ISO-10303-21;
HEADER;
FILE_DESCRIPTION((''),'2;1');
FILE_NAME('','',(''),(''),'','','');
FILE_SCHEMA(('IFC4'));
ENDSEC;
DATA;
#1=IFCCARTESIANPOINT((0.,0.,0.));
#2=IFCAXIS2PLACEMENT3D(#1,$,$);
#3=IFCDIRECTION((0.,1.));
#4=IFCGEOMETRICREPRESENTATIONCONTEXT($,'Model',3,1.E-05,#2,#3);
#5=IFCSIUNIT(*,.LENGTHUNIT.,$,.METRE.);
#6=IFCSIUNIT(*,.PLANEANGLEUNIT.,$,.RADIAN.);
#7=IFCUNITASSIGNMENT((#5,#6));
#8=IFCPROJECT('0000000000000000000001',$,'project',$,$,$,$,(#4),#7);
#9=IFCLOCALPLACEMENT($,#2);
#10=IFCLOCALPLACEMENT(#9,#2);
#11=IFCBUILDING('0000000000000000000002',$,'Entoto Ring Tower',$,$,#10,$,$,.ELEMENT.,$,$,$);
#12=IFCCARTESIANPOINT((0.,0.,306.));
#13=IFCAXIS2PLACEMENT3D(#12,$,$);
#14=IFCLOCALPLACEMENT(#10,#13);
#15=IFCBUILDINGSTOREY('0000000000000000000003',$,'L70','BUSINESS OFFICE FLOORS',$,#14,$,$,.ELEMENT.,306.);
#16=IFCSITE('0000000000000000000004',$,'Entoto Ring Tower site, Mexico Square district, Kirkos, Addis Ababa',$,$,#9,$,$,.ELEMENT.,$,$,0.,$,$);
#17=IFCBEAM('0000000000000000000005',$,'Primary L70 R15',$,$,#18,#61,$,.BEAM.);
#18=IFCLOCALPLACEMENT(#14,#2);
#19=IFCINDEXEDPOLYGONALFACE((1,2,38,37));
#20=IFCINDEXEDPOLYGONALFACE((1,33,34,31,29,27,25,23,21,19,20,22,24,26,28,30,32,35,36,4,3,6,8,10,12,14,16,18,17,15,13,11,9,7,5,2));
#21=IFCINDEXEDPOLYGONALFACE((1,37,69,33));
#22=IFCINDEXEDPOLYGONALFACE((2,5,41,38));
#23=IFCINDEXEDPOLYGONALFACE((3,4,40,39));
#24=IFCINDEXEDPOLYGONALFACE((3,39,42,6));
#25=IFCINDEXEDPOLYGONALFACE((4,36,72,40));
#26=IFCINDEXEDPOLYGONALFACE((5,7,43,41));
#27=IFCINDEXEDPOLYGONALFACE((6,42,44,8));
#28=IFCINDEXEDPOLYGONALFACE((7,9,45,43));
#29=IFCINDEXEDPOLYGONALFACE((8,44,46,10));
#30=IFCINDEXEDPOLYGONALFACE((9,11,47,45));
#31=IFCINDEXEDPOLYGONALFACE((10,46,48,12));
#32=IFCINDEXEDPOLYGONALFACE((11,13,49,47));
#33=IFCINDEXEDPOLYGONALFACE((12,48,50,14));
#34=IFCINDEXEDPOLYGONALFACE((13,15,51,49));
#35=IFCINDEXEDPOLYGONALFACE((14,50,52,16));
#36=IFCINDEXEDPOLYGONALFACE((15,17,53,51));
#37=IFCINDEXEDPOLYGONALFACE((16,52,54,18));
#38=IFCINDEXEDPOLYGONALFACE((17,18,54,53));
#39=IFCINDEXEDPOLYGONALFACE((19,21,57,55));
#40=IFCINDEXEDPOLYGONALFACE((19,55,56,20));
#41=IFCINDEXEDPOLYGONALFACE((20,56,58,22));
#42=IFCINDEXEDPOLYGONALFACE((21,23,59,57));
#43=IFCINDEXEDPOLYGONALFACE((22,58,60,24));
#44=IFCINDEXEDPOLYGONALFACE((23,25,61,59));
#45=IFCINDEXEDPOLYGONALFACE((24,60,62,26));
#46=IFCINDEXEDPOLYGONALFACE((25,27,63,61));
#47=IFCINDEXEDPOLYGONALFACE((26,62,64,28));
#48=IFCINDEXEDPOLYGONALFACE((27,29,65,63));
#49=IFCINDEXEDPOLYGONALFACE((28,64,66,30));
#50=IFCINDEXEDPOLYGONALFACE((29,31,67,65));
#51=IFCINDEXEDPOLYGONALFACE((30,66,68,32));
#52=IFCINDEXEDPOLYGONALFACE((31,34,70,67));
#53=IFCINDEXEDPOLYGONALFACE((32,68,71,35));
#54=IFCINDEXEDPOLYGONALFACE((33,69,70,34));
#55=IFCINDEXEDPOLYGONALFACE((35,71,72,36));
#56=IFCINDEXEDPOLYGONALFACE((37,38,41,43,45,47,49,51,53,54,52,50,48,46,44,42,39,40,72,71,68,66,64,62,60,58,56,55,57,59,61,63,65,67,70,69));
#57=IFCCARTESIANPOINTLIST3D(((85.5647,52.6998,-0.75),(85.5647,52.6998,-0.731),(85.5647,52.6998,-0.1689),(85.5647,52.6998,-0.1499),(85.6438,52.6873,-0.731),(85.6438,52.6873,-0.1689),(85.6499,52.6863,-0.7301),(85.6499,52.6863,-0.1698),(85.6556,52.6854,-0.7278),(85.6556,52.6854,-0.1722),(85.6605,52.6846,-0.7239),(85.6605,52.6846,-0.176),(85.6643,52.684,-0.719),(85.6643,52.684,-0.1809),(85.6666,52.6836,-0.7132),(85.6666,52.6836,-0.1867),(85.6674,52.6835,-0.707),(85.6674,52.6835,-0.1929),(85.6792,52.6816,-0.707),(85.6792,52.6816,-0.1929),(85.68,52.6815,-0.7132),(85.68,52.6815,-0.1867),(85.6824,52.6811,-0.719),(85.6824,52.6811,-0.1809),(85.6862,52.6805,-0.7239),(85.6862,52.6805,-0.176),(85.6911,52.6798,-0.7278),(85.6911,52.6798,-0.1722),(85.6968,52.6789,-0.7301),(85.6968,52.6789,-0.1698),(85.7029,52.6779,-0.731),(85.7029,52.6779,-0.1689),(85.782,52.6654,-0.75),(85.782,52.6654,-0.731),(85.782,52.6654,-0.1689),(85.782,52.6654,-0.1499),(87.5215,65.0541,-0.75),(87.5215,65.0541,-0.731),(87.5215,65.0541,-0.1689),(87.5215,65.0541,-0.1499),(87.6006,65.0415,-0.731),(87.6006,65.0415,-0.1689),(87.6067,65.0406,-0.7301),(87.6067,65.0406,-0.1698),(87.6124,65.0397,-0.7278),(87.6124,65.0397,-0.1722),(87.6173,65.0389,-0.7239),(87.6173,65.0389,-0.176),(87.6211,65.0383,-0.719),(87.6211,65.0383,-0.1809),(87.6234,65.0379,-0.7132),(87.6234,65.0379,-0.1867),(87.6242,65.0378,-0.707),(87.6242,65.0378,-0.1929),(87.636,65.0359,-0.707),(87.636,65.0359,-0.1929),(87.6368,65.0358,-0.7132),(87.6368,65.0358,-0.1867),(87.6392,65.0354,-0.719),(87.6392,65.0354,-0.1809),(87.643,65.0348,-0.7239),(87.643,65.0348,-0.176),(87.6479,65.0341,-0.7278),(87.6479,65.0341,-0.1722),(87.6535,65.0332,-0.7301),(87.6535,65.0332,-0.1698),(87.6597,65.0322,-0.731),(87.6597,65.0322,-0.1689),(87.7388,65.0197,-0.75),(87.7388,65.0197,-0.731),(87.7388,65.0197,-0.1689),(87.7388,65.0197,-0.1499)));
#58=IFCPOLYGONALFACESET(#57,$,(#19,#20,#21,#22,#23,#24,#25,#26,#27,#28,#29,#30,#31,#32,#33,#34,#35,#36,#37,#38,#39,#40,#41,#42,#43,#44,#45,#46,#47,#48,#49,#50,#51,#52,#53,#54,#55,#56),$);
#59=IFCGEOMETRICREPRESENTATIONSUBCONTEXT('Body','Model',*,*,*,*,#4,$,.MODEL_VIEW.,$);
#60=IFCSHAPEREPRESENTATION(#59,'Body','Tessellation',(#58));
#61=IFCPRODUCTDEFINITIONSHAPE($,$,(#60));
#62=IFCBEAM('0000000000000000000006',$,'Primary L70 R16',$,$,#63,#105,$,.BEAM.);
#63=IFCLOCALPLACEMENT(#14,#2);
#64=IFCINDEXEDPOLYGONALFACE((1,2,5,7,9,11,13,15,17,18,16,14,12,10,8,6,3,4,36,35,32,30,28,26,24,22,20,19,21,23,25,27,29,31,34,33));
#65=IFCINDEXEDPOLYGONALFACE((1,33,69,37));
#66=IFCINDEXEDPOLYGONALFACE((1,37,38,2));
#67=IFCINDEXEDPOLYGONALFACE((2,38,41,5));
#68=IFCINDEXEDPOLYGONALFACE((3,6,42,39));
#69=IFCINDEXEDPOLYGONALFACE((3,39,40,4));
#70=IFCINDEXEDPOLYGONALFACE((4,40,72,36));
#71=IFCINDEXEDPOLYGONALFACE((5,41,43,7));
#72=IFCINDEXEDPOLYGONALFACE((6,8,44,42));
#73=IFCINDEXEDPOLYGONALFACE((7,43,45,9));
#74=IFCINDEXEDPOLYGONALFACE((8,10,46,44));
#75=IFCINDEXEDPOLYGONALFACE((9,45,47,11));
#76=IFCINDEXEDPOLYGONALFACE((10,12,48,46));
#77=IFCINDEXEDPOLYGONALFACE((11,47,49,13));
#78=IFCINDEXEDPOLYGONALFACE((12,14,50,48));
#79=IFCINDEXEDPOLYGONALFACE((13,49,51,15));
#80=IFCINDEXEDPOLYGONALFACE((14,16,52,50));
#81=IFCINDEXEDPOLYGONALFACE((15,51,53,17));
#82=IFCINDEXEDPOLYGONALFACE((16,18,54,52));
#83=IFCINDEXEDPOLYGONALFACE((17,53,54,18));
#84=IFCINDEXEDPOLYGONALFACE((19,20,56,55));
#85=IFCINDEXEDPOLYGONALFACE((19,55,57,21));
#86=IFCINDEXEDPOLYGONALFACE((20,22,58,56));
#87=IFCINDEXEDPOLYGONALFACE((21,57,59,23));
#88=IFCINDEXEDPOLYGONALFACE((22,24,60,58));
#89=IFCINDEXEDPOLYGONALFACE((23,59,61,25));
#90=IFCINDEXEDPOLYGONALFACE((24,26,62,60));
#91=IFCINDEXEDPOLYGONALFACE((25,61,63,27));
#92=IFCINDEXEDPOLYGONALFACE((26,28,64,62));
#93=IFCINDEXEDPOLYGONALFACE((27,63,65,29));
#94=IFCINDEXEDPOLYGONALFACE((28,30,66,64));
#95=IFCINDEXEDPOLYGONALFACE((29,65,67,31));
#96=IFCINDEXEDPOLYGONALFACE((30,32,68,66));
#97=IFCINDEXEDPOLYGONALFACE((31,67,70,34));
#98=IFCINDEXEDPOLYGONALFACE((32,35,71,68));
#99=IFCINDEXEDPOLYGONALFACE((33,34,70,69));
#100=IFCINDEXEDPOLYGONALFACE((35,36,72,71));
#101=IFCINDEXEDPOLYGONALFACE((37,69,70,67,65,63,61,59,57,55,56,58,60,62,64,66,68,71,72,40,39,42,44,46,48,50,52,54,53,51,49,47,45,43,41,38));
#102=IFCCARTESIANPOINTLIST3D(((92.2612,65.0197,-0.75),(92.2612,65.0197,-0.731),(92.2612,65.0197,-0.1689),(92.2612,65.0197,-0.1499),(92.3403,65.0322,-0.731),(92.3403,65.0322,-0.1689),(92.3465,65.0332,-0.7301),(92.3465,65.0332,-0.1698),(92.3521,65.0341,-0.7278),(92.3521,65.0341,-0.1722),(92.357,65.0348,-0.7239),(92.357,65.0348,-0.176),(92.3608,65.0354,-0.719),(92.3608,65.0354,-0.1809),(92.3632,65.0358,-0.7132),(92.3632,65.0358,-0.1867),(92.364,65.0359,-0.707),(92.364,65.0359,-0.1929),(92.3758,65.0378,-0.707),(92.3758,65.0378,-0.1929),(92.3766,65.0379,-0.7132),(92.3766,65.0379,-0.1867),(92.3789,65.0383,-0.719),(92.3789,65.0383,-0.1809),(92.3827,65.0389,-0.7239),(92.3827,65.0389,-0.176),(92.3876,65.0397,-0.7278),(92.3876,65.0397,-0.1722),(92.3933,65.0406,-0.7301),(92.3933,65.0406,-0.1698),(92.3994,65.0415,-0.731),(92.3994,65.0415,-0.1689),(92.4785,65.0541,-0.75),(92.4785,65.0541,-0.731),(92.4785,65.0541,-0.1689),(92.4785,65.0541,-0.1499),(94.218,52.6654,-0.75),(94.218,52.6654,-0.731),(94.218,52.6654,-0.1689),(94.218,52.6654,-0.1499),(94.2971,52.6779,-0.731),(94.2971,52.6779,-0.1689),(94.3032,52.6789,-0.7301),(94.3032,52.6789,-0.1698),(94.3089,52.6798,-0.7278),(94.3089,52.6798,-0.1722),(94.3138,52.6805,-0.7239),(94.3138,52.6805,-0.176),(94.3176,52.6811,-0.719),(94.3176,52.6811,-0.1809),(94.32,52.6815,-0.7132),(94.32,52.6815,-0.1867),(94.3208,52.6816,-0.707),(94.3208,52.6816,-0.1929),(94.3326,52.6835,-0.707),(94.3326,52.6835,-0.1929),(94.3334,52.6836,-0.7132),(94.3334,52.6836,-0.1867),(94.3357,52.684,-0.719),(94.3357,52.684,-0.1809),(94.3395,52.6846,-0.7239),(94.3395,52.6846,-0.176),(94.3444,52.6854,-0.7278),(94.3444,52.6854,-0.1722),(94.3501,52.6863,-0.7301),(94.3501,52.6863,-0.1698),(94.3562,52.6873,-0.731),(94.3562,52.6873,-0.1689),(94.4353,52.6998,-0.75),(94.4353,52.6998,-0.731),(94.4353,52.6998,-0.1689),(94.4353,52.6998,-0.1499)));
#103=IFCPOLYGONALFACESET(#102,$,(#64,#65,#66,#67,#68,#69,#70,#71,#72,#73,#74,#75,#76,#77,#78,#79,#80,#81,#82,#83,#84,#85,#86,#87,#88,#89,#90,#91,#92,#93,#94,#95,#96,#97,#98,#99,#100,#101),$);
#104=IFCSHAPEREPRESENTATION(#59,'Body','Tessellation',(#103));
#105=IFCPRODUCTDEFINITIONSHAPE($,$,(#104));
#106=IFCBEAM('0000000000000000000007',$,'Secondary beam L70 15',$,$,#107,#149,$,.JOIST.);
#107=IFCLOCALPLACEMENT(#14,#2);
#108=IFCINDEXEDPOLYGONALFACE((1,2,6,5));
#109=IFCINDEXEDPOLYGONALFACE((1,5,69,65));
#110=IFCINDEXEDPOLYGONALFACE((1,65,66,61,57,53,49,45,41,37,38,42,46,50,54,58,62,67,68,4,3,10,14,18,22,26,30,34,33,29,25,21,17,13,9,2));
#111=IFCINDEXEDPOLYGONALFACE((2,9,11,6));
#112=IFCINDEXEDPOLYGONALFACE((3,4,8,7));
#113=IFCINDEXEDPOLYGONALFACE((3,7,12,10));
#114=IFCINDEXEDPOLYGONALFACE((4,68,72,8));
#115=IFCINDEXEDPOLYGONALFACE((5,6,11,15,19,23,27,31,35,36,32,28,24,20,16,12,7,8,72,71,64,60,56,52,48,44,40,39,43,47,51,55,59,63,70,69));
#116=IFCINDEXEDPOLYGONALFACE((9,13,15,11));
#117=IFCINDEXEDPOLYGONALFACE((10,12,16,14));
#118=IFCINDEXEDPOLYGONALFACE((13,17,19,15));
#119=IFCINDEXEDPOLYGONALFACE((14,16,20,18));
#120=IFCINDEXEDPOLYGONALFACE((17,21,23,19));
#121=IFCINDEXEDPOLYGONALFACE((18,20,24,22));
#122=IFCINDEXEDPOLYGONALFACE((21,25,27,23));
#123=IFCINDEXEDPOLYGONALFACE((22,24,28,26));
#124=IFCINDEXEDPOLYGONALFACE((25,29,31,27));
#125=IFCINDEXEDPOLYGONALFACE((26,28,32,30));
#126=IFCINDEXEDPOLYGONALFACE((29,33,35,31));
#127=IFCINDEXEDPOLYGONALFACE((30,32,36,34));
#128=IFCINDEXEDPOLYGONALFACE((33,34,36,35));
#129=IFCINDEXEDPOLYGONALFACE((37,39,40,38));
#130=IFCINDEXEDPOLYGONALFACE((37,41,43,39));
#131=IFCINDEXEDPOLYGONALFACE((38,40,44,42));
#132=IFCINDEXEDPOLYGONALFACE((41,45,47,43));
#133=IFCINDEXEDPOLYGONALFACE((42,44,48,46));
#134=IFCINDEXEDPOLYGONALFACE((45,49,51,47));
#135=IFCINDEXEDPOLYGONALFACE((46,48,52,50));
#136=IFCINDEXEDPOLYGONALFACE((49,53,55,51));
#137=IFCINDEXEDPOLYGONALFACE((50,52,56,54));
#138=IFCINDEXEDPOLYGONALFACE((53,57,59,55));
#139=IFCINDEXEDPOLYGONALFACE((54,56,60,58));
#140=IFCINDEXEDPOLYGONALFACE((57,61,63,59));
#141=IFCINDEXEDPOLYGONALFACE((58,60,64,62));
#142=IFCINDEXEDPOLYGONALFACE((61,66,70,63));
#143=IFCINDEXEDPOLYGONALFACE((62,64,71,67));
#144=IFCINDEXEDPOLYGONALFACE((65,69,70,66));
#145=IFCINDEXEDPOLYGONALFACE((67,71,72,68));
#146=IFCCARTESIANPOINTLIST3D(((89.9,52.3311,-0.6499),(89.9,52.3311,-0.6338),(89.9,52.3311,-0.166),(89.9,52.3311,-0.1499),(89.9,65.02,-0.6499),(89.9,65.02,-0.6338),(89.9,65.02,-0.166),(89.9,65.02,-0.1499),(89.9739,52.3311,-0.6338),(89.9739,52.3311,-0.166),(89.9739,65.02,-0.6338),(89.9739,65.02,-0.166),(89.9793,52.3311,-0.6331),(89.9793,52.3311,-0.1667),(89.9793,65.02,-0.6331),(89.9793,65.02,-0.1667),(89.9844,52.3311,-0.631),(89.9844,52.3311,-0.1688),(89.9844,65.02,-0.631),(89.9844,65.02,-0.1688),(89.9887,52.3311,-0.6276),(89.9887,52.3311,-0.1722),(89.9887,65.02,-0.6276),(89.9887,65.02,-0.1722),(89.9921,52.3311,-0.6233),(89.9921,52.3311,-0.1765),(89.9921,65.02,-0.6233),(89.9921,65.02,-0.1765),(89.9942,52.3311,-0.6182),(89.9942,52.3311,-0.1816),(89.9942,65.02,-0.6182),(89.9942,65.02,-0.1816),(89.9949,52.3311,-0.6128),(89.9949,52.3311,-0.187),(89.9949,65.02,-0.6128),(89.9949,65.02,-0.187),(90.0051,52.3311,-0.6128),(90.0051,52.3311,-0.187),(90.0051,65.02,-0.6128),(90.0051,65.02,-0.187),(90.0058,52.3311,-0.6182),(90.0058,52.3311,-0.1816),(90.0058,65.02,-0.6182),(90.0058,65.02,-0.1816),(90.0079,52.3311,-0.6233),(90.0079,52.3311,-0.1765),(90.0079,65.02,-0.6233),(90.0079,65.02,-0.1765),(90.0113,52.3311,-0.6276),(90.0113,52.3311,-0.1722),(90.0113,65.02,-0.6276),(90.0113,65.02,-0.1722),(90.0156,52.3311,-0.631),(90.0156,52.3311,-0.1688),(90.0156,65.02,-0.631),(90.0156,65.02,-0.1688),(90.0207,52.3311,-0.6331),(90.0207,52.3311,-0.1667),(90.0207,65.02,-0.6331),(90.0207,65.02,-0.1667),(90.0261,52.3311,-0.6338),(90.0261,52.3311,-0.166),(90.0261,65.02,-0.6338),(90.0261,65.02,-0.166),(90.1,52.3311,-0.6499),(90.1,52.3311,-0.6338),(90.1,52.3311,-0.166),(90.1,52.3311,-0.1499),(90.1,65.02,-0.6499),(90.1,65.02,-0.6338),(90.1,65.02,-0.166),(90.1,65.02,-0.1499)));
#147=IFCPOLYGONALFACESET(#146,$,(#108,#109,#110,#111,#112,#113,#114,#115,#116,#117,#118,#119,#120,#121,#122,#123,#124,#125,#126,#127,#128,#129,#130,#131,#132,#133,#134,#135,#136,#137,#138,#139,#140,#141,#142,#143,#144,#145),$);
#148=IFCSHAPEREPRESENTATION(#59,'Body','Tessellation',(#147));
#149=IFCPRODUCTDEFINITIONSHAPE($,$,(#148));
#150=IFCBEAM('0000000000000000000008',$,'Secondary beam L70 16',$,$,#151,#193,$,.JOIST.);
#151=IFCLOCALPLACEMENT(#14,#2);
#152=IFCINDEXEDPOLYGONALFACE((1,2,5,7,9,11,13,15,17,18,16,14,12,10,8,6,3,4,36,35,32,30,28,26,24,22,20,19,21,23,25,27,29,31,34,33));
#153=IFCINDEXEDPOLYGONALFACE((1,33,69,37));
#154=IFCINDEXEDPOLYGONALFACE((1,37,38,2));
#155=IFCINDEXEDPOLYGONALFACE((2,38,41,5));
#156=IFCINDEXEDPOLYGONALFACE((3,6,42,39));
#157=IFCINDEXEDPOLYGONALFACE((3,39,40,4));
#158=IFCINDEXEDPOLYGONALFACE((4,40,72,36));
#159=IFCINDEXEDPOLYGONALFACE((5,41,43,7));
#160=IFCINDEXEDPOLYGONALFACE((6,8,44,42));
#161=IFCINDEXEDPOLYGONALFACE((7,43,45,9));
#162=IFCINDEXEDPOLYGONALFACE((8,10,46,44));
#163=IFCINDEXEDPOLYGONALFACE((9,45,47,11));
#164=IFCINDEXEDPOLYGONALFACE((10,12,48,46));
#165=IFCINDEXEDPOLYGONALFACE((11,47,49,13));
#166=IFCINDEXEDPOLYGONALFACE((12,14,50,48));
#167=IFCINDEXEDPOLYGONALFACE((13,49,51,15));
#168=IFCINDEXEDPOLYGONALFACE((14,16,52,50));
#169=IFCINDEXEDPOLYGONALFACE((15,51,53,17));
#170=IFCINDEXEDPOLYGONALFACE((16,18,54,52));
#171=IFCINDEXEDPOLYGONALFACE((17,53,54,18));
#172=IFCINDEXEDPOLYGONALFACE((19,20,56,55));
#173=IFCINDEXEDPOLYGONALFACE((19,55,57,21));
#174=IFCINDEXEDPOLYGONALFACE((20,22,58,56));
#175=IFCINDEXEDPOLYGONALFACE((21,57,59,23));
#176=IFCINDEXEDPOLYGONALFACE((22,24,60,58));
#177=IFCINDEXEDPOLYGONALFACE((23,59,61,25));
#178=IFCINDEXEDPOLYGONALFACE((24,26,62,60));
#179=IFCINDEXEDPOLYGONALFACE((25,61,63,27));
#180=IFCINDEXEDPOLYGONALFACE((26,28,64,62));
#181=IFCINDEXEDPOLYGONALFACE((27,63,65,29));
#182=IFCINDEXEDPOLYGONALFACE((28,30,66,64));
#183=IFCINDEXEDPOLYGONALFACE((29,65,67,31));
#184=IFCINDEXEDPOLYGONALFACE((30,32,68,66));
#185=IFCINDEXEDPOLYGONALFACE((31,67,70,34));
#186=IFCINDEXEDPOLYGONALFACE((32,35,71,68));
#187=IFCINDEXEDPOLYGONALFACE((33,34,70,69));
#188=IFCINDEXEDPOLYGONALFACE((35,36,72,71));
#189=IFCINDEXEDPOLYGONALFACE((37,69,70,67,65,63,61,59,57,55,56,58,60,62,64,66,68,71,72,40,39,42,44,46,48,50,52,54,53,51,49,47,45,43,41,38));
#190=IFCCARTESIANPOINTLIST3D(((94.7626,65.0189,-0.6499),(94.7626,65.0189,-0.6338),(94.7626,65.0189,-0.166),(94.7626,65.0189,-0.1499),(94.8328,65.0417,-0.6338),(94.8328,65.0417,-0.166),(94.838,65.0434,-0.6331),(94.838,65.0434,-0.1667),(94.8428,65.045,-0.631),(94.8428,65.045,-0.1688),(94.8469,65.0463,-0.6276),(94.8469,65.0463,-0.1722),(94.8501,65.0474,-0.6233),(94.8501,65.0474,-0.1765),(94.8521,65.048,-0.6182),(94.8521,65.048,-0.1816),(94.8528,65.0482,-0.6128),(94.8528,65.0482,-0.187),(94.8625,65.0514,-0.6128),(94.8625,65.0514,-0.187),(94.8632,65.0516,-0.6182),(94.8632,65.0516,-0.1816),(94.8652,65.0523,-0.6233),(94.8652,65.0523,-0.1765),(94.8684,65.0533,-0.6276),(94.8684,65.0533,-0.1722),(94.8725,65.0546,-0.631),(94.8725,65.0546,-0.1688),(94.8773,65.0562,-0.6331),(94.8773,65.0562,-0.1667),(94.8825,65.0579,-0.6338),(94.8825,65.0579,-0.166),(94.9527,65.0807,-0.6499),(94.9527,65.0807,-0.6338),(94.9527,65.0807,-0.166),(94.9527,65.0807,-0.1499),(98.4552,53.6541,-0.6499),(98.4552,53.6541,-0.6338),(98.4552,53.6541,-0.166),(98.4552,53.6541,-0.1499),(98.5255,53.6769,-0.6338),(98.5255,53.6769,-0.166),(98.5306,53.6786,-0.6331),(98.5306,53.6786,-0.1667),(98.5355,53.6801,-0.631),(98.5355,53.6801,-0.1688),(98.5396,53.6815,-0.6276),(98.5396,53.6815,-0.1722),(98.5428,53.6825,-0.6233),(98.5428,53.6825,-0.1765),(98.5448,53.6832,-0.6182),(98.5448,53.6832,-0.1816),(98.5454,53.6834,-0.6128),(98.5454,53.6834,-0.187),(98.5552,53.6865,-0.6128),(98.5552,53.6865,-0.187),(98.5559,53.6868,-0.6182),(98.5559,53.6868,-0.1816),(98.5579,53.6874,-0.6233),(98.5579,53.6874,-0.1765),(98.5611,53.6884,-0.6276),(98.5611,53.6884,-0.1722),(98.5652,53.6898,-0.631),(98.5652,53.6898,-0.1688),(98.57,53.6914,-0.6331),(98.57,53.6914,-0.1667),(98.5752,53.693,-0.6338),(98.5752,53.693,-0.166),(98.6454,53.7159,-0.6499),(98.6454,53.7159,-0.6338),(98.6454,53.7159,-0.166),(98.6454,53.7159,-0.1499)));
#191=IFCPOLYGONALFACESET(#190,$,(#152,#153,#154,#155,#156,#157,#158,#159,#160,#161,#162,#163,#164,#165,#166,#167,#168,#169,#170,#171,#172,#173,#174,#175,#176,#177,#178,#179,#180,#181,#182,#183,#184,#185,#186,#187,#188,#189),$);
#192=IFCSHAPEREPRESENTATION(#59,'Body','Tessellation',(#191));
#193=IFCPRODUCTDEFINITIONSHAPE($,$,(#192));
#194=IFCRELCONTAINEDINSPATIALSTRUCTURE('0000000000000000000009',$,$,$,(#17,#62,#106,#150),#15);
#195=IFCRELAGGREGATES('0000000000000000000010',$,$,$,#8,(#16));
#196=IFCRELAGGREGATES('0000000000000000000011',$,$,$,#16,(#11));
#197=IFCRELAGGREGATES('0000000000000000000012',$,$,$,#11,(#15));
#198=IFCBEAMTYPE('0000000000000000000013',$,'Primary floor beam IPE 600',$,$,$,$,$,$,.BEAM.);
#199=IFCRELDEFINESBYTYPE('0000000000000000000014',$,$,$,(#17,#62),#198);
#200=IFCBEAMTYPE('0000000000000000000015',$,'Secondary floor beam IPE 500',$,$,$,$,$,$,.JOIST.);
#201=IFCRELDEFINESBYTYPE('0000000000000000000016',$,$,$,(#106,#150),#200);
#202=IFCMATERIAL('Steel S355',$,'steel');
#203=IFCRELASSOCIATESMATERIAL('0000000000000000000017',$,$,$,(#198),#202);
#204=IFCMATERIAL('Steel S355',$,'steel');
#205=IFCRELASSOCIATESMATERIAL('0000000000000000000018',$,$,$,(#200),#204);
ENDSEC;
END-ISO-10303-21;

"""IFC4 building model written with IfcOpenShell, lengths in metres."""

from ifc_helpers import new_model, si_unit, direction, frame, origin, origin_2d, place, context, subcontext, project, spatial, i_section, extrude, material, material_profile, profile_set, type_object, element, save


model = new_model("IFC4")

# Units and contexts
model_context = context("Model", 3, precision=1e-05, world=origin(), true_north=direction((0.0, 1.0)))
body_context = subcontext(model_context, "Body", "Model", "MODEL_VIEW")
ifc_project = project(units=[si_unit("LENGTHUNIT", "METRE"), si_unit("PLANEANGLEUNIT", "RADIAN")], contexts=[model_context])

# Site, building, storey
site_placement = place(None, origin())
site = spatial("IfcSite", under=ifc_project, at=site_placement, Name="Entoto Ring Tower site, Mexico Square district, Kirkos, Addis Ababa", CompositionType="ELEMENT", RefElevation=0.0)
building_placement = place(site_placement, origin())
building = spatial("IfcBuilding", under=site, at=building_placement, Name="Entoto Ring Tower", CompositionType="ELEMENT")
storey_placement = place(building_placement, frame((0.0, 0.0, 306.0)))
storey = spatial("IfcBuildingStorey", under=building, at=storey_placement, Name="L70", Description="BUSINESS OFFICE FLOORS", CompositionType="ELEMENT", Elevation=306.0)

# Beams
ifc_material_1 = material(Name="Steel S355", Category="steel")
ifc_material_profile_1 = material_profile(ifc_material_1, i_section(OverallWidth=0.22, OverallDepth=0.6001, WebThickness=0.012, FlangeThickness=0.019, FilletRadius=0.0239, at=origin_2d()), Name="IPE 600")
ifc_profile_set_1 = profile_set([ifc_material_profile_1], Name="Steel S355")
beam_type_1 = type_object("IfcBeamType", Name="Primary floor beam IPE 600", PredefinedType="BEAM", material=ifc_profile_set_1)
for number, where, z_axis, x_axis, name in (
    (1, (87.6301, 65.0369, -0.45), (-0.15644, -0.987688, 0.0), (0.987688, -0.15644, 0.0), "Primary L70 R15"),
    (2, (92.3699, 65.0369, -0.45), (0.15644, -0.987688, 0.0), (0.987688, 0.15644, 0.0), "Primary L70 R16"),
):
    element("IfcBeam", number, at=place(storey_placement, frame(where, z_axis=z_axis, x_axis=x_axis)), inside=storey, type_object=beam_type_1, Name=name, PredefinedType="BEAM", context=body_context, shape_type="SweptSolid", body=[
        extrude(i_section(OverallWidth=0.22, OverallDepth=0.6001, WebThickness=0.012, FlangeThickness=0.019, FilletRadius=0.0239, at=origin_2d()), origin(), (0.0, 0.0, 1.0), 12.5083),
    ])
ifc_material_2 = material(Name="Steel S355", Category="steel")
ifc_material_profile_2 = material_profile(ifc_material_2, i_section(OverallWidth=0.2, OverallDepth=0.5, WebThickness=0.0103, FlangeThickness=0.0161, FilletRadius=0.021, at=origin_2d()), Name="IPE 500")
ifc_profile_set_2 = profile_set([ifc_material_profile_2], Name="Steel S355")
beam_type_2 = type_object("IfcBeamType", Name="Secondary floor beam IPE 500", PredefinedType="JOIST", material=ifc_profile_set_2)
beam_1_placement = place(storey_placement, frame((90.0, 65.02, -0.3999), z_axis=(0.0, -1.0, 0.0), x_axis=(1.0, 0.0, 0.0)))
element("IfcBeam", 3, at=beam_1_placement, inside=storey, type_object=beam_type_2, Name="Secondary beam L70 15", PredefinedType="JOIST", context=body_context, shape_type="SweptSolid", body=[
    extrude(i_section(OverallWidth=0.2, OverallDepth=0.5, WebThickness=0.0103, FlangeThickness=0.0161, FilletRadius=0.021, at=origin_2d()), origin(), (0.0, 0.0, 1.0), 12.689),
])
beam_2_placement = place(storey_placement, frame((94.8577, 65.0498, -0.3999), z_axis=(0.309017, -0.951057, 0.0), x_axis=(0.951057, 0.309017, 0.0)))
element("IfcBeam", 4, at=beam_2_placement, inside=storey, type_object=beam_type_2, Name="Secondary beam L70 16", PredefinedType="JOIST", context=body_context, shape_type="SweptSolid", body=[
    extrude(i_section(OverallWidth=0.2, OverallDepth=0.5, WebThickness=0.0103, FlangeThickness=0.0161, FilletRadius=0.021, at=origin_2d()), origin(), (0.0, 0.0, 1.0), 11.9497),
])

save(model, "model.ifc")
